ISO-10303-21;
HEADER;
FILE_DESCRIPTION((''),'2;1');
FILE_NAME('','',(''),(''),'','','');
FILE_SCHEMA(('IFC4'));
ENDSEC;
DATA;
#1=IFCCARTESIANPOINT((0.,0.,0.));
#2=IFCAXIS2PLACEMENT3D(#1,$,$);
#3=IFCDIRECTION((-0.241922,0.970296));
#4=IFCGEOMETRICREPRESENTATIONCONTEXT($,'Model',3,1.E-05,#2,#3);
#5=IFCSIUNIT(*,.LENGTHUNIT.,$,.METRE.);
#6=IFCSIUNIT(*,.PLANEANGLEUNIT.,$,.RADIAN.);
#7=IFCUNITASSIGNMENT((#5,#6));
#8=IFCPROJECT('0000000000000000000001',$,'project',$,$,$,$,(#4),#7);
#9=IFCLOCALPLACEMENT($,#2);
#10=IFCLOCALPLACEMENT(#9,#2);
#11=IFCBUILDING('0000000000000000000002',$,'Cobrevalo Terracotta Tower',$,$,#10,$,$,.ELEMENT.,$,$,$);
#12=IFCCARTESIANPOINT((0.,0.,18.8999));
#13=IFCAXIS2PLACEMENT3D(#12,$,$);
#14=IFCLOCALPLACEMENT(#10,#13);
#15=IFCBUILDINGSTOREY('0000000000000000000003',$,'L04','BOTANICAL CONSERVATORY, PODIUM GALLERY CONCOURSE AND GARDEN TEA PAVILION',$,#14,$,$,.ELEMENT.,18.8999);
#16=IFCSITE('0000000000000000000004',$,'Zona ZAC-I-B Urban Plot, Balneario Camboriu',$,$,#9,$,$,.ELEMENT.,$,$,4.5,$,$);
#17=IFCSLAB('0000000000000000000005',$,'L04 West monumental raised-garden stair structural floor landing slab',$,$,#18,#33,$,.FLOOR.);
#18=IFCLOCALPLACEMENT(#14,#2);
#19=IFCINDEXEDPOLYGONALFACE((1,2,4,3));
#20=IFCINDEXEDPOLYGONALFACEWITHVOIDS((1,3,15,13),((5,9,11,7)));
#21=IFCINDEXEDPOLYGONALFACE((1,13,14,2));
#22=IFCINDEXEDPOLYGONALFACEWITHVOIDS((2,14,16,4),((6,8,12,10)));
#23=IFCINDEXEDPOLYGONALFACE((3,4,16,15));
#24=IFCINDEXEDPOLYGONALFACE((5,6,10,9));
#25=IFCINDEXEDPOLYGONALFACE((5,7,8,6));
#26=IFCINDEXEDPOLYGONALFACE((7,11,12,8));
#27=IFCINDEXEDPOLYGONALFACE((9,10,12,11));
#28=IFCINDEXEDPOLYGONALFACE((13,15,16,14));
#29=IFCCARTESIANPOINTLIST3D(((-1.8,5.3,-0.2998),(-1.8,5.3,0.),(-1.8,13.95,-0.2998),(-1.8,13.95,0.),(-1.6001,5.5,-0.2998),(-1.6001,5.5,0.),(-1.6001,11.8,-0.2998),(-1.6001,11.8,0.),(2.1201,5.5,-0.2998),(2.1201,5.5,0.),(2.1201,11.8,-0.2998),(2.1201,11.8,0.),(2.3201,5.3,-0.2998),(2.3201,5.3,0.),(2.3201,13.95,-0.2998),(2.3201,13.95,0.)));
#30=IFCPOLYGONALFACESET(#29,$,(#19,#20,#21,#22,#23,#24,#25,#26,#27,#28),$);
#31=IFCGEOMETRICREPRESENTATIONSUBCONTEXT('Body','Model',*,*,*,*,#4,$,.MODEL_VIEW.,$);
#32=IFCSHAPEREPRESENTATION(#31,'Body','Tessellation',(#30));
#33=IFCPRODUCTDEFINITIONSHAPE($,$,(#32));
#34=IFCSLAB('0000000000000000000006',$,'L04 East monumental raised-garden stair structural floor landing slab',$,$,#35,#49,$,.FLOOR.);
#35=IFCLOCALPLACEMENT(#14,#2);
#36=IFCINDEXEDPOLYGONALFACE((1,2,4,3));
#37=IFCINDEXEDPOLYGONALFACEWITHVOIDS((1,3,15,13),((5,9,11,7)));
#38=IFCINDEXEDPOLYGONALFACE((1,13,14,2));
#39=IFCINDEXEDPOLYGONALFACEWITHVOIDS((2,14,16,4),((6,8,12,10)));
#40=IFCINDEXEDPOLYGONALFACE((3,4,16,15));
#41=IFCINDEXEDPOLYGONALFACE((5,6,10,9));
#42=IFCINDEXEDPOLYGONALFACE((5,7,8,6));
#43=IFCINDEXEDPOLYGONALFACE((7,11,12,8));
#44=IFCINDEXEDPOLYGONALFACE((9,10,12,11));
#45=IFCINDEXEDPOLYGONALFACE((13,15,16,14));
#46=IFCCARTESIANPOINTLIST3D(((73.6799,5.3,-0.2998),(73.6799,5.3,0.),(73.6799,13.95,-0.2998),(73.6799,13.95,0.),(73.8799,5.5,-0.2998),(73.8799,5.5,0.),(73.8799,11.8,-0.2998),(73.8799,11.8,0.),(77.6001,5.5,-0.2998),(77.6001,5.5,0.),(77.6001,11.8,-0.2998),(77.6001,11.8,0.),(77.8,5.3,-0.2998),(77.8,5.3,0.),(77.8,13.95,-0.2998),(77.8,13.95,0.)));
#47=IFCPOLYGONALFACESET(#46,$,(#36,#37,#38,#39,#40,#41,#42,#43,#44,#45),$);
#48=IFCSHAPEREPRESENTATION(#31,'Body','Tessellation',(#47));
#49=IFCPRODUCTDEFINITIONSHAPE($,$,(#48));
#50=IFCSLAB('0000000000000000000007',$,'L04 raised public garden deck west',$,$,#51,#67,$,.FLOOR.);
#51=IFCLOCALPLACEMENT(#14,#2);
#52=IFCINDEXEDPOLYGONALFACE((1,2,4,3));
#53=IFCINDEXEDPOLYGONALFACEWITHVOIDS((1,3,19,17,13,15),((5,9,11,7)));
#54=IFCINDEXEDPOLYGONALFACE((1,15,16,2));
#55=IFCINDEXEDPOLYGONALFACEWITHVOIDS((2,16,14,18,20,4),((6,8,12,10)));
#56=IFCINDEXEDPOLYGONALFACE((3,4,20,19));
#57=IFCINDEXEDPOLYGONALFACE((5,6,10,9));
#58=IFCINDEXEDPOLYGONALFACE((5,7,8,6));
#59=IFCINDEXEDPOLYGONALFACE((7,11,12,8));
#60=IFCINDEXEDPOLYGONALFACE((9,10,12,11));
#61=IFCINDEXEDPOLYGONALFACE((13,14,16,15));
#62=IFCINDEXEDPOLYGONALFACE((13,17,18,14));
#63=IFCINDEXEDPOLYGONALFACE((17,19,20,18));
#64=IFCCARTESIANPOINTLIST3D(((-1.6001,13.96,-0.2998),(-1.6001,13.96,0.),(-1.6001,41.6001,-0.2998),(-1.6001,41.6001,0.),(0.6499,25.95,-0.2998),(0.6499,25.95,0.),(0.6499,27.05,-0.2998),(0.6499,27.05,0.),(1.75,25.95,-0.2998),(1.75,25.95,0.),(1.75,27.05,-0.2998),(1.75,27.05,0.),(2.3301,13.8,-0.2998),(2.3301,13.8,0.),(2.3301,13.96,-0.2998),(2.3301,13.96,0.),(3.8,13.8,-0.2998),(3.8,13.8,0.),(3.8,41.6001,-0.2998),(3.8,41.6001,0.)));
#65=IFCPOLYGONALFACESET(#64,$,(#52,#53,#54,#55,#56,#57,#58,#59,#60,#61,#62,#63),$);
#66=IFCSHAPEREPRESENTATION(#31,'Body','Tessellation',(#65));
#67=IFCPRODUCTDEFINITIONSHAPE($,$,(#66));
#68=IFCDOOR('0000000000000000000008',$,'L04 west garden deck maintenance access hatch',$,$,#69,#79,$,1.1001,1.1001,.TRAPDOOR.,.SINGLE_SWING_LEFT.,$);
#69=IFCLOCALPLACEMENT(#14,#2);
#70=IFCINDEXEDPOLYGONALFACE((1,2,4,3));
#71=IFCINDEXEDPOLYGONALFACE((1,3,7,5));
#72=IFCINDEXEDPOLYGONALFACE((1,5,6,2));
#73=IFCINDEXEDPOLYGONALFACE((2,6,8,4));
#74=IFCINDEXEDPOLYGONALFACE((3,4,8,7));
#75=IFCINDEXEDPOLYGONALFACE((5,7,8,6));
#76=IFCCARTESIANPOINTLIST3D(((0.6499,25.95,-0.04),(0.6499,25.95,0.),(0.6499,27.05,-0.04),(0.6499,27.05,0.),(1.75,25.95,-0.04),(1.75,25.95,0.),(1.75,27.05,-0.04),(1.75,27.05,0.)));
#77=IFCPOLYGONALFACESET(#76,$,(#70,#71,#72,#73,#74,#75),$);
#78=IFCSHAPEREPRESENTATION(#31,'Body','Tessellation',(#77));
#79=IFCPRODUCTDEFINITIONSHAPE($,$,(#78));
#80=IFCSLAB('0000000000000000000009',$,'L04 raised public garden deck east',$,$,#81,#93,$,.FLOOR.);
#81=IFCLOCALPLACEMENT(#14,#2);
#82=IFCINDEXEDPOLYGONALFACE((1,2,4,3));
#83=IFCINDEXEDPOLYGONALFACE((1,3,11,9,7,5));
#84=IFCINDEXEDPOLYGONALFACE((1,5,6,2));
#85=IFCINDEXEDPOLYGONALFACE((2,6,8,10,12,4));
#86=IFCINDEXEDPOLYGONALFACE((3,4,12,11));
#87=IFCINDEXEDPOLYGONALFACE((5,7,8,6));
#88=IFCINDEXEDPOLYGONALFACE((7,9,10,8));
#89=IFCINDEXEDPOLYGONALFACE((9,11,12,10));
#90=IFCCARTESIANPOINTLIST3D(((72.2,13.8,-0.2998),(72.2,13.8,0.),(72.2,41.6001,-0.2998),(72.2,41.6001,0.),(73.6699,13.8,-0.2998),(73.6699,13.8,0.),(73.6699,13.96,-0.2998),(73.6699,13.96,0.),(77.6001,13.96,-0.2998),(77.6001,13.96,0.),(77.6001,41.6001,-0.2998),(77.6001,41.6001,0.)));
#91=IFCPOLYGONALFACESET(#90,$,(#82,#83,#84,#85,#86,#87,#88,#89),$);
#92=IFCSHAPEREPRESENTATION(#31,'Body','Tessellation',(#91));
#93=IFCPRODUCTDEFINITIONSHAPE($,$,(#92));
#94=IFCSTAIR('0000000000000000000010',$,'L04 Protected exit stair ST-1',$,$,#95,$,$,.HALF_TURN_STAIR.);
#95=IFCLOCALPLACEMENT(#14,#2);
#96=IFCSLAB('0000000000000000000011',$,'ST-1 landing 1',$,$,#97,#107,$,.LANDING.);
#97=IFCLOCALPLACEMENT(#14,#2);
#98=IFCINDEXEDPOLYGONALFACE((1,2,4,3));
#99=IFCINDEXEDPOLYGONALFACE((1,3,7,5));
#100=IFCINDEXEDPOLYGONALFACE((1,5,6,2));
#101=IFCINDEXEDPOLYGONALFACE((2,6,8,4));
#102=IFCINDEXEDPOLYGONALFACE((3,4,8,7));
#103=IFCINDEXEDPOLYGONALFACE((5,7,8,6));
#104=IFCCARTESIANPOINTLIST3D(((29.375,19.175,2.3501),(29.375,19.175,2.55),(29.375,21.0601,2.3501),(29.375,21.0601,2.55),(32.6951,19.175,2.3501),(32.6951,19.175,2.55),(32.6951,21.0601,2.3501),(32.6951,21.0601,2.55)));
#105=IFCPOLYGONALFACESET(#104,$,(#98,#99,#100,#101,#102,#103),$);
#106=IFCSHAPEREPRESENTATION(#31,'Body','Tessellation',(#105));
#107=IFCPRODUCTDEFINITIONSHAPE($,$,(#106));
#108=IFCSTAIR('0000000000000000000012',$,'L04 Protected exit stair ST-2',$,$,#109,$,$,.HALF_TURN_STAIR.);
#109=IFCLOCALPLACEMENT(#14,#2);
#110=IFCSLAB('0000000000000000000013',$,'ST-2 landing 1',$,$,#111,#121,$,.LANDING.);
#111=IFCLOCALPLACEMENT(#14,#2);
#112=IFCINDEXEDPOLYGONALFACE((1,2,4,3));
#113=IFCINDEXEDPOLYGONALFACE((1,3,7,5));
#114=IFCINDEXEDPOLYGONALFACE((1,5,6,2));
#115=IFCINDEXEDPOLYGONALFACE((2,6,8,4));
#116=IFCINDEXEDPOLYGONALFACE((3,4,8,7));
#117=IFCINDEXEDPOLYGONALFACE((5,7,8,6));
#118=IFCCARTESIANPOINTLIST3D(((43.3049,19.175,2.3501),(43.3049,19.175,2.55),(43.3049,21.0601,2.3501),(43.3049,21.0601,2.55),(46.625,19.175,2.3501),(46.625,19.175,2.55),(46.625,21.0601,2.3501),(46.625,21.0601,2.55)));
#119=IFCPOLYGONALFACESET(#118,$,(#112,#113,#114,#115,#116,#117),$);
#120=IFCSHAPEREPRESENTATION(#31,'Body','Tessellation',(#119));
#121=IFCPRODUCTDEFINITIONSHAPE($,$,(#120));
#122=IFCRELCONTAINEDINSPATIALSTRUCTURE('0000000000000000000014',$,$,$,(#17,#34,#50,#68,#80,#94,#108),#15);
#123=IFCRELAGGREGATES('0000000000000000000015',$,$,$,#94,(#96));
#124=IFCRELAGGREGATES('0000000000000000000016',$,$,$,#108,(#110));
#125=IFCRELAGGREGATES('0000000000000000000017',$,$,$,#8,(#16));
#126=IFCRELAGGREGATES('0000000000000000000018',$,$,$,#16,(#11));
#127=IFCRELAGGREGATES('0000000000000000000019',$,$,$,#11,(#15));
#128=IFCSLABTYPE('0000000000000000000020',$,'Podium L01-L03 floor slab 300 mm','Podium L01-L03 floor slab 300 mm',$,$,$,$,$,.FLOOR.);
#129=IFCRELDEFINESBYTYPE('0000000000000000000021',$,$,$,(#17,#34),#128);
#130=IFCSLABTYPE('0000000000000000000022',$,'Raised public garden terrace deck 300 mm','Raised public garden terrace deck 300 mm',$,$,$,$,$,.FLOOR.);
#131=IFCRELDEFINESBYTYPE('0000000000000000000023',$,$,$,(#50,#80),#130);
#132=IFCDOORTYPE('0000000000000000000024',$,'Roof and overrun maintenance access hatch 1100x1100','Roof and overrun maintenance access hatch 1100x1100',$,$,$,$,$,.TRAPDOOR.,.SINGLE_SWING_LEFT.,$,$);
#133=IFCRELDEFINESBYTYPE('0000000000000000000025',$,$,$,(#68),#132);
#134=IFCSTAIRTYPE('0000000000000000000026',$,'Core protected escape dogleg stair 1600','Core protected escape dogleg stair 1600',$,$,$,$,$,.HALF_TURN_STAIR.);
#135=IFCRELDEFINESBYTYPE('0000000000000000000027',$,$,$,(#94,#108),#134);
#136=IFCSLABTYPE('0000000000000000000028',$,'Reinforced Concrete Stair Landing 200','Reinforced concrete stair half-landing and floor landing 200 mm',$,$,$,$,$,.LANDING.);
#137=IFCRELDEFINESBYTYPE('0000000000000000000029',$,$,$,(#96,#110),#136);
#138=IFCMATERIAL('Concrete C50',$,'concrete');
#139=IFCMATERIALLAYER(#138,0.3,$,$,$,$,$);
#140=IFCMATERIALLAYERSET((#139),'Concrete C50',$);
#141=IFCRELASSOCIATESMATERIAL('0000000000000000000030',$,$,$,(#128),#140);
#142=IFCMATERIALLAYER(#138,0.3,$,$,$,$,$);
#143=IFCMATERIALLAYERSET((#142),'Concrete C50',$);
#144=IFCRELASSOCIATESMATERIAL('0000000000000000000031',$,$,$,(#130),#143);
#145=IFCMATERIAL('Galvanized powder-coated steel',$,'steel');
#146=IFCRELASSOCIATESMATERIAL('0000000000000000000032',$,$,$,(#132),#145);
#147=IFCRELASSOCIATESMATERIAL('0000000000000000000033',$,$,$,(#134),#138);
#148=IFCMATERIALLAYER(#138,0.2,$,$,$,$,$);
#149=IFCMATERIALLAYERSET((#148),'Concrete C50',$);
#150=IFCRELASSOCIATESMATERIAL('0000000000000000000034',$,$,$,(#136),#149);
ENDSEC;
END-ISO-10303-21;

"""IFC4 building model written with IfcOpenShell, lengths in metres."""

from ifc_helpers import new_model, si_unit, direction, frame, origin, origin_2d, place, context, subcontext, project, spatial, polyline, rectangle, outline, extrude, material, layer, layer_set, type_object, element, fill, aggregate, save


model = new_model("IFC4")

# Units and contexts
model_context = context("Model", 3, precision=1e-05, world=origin(), true_north=direction((-0.241922, 0.970296)))
body_context = subcontext(model_context, "Body", "Model", "MODEL_VIEW")
ifc_project = project(units=[si_unit("LENGTHUNIT", "METRE"), si_unit("PLANEANGLEUNIT", "RADIAN")], contexts=[model_context])

# Site, building, storey
site_placement = place(None, origin())
site = spatial("IfcSite", under=ifc_project, at=site_placement, Name="Zona ZAC-I-B Urban Plot, Balneario Camboriu", CompositionType="ELEMENT", RefElevation=4.5)
building_placement = place(site_placement, origin())
building = spatial("IfcBuilding", under=site, at=building_placement, Name="Cobrevalo Terracotta Tower", CompositionType="ELEMENT")
storey_placement = place(building_placement, frame((0.0, 0.0, 18.8999)))
storey = spatial("IfcBuildingStorey", under=building, at=storey_placement, Name="L04", Description="BOTANICAL CONSERVATORY, PODIUM GALLERY CONCOURSE AND GARDEN TEA PAVILION", CompositionType="ELEMENT", Elevation=18.8999)

# Slabs
ifc_material_1 = material(Name="Concrete C50", Category="concrete")
ifc_layer_1 = layer(ifc_material_1, 0.3)
ifc_layer_set_1 = layer_set([ifc_layer_1], Name="Concrete C50")
slab_type_1 = type_object("IfcSlabType", Name="Podium L01-L03 floor slab 300 mm", Description="Podium L01-L03 floor slab 300 mm", PredefinedType="FLOOR", material=ifc_layer_set_1)
slab_1_placement = place(storey_placement, frame((0.0, 0.0, -0.2998)))
element("IfcSlab", 1, at=slab_1_placement, inside=storey, type_object=slab_type_1, Name="L04 West monumental raised-garden stair structural floor landing slab", PredefinedType="FLOOR", context=body_context, shape_type="SweptSolid", body=[
    extrude(outline(polyline([(-1.8, 13.95), (2.3201, 13.95), (2.3201, 5.3), (-1.8, 5.3), (-1.8, 13.95)]), holes=[polyline([(-1.6001, 5.5), (2.1201, 5.5), (2.1201, 11.8), (-1.6001, 11.8), (-1.6001, 5.5)])]), origin(), (0.0, 0.0, 1.0), 0.2998),
])
slab_2_placement = place(storey_placement, frame((0.0, 0.0, -0.2998)))
element("IfcSlab", 2, at=slab_2_placement, inside=storey, type_object=slab_type_1, Name="L04 East monumental raised-garden stair structural floor landing slab", PredefinedType="FLOOR", context=body_context, shape_type="SweptSolid", body=[
    extrude(outline(polyline([(73.6799, 13.95), (77.8, 13.95), (77.8, 5.3), (73.6799, 5.3), (73.6799, 13.95)]), holes=[polyline([(73.8799, 5.5), (77.6001, 5.5), (77.6001, 11.8), (73.8799, 11.8), (73.8799, 5.5)])]), origin(), (0.0, 0.0, 1.0), 0.2998),
])

# Slab, opening, door
ifc_layer_2 = layer(ifc_material_1, 0.3)
ifc_layer_set_2 = layer_set([ifc_layer_2], Name="Concrete C50")
slab_type_2 = type_object("IfcSlabType", Name="Raised public garden terrace deck 300 mm", Description="Raised public garden terrace deck 300 mm", PredefinedType="FLOOR", material=ifc_layer_set_2)
slab_3_placement = place(storey_placement, frame((0.0, 0.0, -0.2998)))
slab_3 = element("IfcSlab", 3, at=slab_3_placement, inside=storey, type_object=slab_type_2, Name="L04 raised public garden deck west", PredefinedType="FLOOR", context=body_context, shape_type="SweptSolid", body=[
    extrude(outline(polyline([(-1.6001, 41.6001), (3.8, 41.6001), (3.8, 13.8), (2.3301, 13.8), (2.3301, 13.96), (-1.6001, 13.96), (-1.6001, 41.6001)]), holes=[polyline([(0.6499, 25.95), (1.75, 25.95), (1.75, 27.05), (0.6499, 27.05), (0.6499, 25.95)])]), origin(), (0.0, 0.0, 1.0), 0.2998),
])
opening_placement = place(slab_3_placement, frame((1.2, 26.5, 0.0)))
opening = element("IfcOpeningElement", 4, at=opening_placement, cuts=slab_3, PredefinedType="OPENING", context=body_context, shape_type="SweptSolid", body=[
    extrude(rectangle(XDim=1.1001, YDim=1.1001, at=origin_2d()), origin(), (0.0, 0.0, 1.0), 0.2998),
])
ifc_material_2 = material(Name="Galvanized powder-coated steel", Category="steel")
door_type = type_object("IfcDoorType", Name="Roof and overrun maintenance access hatch 1100x1100", Description="Roof and overrun maintenance access hatch 1100x1100", OperationType="SINGLE_SWING_LEFT", PredefinedType="TRAPDOOR", material=ifc_material_2)
door_placement = place(opening_placement, frame((0.0, 0.0, 0.2598)))
door = element("IfcDoor", 5, at=door_placement, inside=storey, type_object=door_type, Name="L04 west garden deck maintenance access hatch", OperationType="SINGLE_SWING_LEFT", OverallHeight=1.1001, OverallWidth=1.1001, PredefinedType="TRAPDOOR", context=body_context, shape_type="SweptSolid", body=[
    extrude(rectangle(XDim=1.1001, YDim=1.1001, at=origin_2d()), origin(), (0.0, 0.0, 1.0), 0.04),
])
fill(opening, door)

# Slab
slab_4_placement = place(storey_placement, frame((0.0, 0.0, -0.2998)))
element("IfcSlab", 6, at=slab_4_placement, inside=storey, type_object=slab_type_2, Name="L04 raised public garden deck east", PredefinedType="FLOOR", context=body_context, shape_type="SweptSolid", body=[
    extrude(outline(polyline([(72.2, 41.6001), (77.6001, 41.6001), (77.6001, 13.96), (73.6699, 13.96), (73.6699, 13.8), (72.2, 13.8), (72.2, 41.6001)])), origin(), (0.0, 0.0, 1.0), 0.2998),
])

# Stairs, slabs
stair_type = type_object("IfcStairType", Name="Core protected escape dogleg stair 1600", Description="Core protected escape dogleg stair 1600", PredefinedType="HALF_TURN_STAIR", material=ifc_material_1)
stair_1_placement = place(storey_placement, origin())
stair_1 = element("IfcStair", 7, at=stair_1_placement, inside=storey, type_object=stair_type, Name="L04 Protected exit stair ST-1", PredefinedType="HALF_TURN_STAIR")
ifc_layer_3 = layer(ifc_material_1, 0.2)
ifc_layer_set_3 = layer_set([ifc_layer_3], Name="Concrete C50")
slab_type_3 = type_object("IfcSlabType", Name="Reinforced Concrete Stair Landing 200", Description="Reinforced concrete stair half-landing and floor landing 200 mm", PredefinedType="LANDING", material=ifc_layer_set_3)
slab_5_placement = place(storey_placement, frame((0.0, 0.0, 2.3501)))
slab_5 = element("IfcSlab", 8, at=slab_5_placement, type_object=slab_type_3, Name="ST-1 landing 1", PredefinedType="LANDING", context=body_context, shape_type="SweptSolid", body=[
    extrude(outline(polyline([(29.375, 21.0601), (29.375, 19.175), (32.6951, 19.175), (32.6951, 21.0601), (29.375, 21.0601)])), origin(), (0.0, 0.0, 1.0), 0.2),
])
aggregate(stair_1, [slab_5])
stair_2_placement = place(storey_placement, origin())
stair_2 = element("IfcStair", 9, at=stair_2_placement, inside=storey, type_object=stair_type, Name="L04 Protected exit stair ST-2", PredefinedType="HALF_TURN_STAIR")
slab_6_placement = place(storey_placement, frame((0.0, 0.0, 2.3501)))
slab_6 = element("IfcSlab", 10, at=slab_6_placement, type_object=slab_type_3, Name="ST-2 landing 1", PredefinedType="LANDING", context=body_context, shape_type="SweptSolid", body=[
    extrude(outline(polyline([(43.3049, 21.0601), (43.3049, 19.175), (46.625, 19.175), (46.625, 21.0601), (43.3049, 21.0601)])), origin(), (0.0, 0.0, 1.0), 0.2),
])
aggregate(stair_2, [slab_6])

save(model, "model.ifc")
